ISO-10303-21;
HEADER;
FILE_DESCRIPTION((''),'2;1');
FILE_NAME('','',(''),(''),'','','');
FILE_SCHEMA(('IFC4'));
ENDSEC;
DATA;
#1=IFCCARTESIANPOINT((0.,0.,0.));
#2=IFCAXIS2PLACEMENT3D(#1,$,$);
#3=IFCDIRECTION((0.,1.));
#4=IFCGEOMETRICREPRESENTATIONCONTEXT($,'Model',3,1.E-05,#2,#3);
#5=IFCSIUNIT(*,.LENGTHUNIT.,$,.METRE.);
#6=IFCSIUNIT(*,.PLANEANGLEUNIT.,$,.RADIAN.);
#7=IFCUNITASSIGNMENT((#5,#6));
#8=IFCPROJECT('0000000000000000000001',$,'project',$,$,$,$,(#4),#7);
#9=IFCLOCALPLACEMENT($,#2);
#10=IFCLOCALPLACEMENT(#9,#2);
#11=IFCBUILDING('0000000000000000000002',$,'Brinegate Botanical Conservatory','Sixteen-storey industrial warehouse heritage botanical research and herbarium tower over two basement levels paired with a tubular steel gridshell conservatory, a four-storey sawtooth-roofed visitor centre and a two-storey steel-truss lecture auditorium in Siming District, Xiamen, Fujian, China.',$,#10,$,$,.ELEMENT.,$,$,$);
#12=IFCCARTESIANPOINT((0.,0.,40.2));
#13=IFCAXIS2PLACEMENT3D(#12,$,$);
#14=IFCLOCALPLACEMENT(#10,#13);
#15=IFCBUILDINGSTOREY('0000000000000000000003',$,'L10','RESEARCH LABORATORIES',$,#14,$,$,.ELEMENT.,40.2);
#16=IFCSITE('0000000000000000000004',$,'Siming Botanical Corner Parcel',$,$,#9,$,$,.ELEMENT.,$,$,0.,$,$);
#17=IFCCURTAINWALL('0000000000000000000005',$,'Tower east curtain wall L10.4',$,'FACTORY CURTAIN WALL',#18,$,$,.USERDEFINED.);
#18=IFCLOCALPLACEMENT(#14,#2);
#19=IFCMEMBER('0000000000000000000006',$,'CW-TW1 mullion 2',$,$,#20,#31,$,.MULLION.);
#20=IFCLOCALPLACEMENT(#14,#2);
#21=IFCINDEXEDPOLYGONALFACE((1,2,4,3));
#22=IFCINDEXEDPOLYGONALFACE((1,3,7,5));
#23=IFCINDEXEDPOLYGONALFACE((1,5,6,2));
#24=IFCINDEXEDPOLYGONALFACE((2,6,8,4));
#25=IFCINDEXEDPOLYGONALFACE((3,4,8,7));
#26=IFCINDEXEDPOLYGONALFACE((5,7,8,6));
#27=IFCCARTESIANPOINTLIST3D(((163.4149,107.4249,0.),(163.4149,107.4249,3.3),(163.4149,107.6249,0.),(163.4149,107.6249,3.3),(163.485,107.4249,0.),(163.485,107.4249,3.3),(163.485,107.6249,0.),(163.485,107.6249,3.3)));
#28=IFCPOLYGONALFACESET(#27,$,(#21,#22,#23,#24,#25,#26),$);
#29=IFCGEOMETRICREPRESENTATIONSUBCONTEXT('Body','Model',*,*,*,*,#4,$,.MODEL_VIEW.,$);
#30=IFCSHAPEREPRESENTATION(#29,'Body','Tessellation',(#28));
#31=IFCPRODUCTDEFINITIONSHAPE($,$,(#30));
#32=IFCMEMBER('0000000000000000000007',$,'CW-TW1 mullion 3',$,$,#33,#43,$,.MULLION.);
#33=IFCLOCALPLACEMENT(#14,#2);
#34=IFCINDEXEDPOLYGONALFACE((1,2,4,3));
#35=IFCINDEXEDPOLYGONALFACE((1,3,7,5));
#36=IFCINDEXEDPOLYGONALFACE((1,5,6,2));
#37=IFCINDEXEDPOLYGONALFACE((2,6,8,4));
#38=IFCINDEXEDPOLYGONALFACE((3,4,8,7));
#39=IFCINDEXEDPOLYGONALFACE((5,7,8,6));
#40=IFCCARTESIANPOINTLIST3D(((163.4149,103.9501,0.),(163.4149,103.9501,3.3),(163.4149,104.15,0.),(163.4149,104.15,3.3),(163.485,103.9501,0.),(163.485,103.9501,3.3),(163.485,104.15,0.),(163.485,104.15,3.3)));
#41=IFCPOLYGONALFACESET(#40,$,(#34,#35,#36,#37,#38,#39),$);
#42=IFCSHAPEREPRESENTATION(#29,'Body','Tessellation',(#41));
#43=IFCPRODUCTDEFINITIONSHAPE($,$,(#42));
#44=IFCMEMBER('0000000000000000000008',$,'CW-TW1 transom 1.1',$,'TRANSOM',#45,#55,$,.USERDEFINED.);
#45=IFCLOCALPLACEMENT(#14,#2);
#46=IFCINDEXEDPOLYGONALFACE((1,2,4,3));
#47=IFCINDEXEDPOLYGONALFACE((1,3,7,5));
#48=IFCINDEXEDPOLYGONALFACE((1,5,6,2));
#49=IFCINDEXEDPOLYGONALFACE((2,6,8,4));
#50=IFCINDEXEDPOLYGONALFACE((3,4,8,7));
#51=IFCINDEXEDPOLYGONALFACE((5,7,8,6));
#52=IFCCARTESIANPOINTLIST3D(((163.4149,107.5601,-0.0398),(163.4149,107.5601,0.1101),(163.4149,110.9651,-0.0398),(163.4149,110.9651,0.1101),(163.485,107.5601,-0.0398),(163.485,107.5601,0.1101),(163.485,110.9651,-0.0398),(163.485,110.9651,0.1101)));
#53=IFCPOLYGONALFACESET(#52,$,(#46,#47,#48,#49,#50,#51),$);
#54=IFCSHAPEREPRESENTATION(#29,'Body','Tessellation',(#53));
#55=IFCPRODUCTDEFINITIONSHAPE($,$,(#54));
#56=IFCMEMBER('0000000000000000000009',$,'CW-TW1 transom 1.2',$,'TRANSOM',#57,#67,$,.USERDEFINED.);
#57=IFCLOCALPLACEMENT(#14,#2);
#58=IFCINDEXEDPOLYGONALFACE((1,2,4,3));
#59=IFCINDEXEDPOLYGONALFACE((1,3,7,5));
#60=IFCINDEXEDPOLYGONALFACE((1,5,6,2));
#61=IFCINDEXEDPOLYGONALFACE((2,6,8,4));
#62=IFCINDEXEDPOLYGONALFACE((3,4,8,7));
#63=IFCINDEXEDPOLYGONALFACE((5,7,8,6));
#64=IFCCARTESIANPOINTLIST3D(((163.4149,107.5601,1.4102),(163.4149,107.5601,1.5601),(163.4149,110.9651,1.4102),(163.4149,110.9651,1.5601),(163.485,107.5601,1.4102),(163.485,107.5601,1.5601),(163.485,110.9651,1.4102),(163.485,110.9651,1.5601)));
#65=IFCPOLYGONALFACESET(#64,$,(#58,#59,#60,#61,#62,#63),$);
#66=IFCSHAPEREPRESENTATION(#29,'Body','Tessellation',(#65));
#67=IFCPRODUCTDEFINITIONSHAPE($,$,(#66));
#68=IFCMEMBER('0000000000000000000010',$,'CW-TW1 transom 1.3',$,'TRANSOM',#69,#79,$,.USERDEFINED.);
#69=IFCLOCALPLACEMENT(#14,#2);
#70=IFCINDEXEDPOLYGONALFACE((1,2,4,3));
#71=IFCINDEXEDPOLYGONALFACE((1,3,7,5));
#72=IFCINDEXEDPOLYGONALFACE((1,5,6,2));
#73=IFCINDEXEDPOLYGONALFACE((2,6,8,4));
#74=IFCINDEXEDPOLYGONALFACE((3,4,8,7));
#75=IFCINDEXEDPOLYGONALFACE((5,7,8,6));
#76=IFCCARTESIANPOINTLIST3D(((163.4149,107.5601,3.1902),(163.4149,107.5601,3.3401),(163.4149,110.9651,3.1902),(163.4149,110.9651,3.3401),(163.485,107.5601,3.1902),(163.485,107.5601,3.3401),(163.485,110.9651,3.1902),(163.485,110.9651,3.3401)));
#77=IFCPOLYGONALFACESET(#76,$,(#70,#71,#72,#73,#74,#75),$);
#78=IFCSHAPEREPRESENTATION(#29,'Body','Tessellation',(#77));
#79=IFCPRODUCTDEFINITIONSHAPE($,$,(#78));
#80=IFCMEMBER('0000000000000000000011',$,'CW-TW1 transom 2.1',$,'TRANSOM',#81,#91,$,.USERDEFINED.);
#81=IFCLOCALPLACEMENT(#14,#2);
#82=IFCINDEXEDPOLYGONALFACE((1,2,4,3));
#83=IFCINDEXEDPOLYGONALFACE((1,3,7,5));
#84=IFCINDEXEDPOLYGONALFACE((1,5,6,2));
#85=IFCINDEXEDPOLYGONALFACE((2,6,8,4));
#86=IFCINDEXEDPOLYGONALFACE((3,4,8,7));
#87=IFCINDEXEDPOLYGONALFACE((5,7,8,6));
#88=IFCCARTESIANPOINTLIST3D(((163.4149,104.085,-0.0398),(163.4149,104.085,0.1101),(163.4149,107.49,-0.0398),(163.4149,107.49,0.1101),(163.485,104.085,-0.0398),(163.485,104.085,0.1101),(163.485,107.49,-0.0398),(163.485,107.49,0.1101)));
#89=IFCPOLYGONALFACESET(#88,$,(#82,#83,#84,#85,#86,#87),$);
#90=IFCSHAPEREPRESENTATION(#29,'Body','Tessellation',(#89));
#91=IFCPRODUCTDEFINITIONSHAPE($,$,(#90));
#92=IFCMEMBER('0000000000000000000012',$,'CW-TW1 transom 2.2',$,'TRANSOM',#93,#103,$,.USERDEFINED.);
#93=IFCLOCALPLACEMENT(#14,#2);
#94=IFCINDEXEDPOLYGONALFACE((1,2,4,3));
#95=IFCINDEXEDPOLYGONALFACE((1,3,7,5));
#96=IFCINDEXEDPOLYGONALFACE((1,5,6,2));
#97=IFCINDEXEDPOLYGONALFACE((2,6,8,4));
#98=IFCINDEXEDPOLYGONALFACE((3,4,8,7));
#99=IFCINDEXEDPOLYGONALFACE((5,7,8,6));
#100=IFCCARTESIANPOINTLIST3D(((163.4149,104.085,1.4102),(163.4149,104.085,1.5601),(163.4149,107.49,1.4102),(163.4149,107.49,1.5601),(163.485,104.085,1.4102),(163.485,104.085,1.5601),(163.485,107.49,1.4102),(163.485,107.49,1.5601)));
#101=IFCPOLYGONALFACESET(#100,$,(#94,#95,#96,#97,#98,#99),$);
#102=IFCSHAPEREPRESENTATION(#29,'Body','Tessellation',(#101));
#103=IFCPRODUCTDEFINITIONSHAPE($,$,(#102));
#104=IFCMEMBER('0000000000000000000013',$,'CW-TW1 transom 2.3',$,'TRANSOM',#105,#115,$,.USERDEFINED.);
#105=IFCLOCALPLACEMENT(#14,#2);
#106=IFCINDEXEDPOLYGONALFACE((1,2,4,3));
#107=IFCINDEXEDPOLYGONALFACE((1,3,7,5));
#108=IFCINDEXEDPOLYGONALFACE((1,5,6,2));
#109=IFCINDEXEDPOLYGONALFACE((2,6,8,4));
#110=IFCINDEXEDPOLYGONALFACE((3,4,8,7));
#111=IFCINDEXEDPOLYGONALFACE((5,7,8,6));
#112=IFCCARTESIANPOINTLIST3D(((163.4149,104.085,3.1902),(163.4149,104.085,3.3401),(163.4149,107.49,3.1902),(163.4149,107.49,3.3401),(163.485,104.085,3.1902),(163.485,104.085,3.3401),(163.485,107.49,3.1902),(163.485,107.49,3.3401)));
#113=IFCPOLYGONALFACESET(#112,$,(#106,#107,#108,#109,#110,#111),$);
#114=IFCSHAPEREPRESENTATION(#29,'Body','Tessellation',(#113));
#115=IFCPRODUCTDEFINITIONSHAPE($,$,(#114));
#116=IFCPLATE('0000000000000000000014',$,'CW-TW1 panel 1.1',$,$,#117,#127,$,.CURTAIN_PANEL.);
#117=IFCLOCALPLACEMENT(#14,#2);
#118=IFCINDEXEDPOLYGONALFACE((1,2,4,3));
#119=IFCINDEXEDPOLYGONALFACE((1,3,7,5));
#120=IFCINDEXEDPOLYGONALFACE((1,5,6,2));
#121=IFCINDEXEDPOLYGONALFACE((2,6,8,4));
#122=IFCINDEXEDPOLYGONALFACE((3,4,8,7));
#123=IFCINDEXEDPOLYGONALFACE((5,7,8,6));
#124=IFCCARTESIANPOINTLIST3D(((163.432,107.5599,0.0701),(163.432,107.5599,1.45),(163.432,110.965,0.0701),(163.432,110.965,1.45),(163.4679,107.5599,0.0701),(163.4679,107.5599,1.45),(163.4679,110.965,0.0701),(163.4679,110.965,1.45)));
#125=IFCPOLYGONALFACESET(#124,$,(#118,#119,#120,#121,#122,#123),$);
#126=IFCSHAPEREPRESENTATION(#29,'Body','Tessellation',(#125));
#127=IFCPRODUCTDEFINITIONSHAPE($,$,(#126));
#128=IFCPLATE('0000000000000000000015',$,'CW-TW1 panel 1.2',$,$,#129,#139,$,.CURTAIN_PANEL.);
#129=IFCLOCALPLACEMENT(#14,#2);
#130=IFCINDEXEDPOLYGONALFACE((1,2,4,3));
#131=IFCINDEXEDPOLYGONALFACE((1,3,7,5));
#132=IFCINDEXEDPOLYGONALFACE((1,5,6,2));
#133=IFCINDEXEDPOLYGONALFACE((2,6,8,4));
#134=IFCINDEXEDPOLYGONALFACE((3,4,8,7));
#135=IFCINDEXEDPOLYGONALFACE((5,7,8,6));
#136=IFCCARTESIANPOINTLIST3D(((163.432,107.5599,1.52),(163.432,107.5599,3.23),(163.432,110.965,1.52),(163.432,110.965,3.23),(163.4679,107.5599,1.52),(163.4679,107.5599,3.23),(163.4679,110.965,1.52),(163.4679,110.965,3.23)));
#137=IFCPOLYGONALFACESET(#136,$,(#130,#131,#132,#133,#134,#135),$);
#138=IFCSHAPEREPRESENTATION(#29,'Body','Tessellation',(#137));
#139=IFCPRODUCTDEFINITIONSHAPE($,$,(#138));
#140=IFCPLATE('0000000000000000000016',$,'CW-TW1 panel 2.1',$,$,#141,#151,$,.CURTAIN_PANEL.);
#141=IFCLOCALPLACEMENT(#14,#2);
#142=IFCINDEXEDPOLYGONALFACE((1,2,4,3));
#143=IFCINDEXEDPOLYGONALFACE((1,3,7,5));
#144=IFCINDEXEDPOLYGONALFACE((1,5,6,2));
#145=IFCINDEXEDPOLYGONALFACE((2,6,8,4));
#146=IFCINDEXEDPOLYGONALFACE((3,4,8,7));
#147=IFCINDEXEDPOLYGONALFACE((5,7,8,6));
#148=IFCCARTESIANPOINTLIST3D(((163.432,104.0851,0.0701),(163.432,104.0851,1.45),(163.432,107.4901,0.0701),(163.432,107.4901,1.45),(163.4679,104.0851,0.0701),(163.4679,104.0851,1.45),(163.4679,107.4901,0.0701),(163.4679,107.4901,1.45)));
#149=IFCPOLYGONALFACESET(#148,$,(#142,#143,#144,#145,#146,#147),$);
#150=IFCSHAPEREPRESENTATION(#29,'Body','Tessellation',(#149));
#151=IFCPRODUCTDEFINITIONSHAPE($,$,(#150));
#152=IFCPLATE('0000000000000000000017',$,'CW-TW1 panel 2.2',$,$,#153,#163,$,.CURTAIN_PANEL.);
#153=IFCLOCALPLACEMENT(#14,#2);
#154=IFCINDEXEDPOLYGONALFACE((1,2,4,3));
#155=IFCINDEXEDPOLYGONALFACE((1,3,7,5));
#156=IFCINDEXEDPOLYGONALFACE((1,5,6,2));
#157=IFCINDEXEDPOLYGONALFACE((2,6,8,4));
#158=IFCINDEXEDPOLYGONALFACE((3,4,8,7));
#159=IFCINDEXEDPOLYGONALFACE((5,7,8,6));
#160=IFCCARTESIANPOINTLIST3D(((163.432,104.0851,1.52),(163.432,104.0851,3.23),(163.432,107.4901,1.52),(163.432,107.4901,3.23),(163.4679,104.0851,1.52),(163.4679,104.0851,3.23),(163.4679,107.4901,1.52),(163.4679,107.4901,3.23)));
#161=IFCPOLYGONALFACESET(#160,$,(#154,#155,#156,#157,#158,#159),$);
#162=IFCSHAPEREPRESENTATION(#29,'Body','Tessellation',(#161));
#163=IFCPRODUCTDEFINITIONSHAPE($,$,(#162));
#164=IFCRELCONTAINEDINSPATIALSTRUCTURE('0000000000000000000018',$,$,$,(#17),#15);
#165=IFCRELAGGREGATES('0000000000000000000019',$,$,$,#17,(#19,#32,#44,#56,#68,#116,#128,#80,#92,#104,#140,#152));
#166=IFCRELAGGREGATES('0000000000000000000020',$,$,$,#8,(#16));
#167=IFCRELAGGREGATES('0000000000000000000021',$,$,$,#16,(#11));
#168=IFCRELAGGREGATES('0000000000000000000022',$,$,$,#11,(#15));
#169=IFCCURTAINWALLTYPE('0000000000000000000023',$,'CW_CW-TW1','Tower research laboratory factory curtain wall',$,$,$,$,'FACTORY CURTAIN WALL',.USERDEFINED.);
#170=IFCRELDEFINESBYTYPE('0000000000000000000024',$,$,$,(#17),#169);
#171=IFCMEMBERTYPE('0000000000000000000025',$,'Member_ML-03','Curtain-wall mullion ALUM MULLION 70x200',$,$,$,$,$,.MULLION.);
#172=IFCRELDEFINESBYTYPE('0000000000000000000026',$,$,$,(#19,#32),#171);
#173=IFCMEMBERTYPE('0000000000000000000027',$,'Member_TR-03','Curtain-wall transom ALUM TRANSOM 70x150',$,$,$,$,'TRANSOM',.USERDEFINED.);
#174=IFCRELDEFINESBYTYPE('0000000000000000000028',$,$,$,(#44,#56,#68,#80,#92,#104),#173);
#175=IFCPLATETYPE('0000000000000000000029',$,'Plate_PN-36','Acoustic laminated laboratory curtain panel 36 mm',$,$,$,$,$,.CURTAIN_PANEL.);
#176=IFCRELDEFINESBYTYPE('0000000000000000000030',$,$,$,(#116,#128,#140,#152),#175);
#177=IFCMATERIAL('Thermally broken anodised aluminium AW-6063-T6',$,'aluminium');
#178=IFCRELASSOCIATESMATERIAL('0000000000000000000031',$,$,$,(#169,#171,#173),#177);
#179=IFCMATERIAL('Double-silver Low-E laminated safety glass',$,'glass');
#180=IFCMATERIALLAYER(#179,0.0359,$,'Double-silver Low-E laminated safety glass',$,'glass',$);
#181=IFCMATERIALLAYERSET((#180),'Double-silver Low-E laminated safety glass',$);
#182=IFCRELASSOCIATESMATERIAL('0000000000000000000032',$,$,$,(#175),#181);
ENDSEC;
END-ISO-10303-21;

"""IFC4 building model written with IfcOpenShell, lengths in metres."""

from ifc_helpers import new_model, si_unit, direction, frame, origin, origin_2d, place, context, subcontext, project, spatial, rectangle, extrude, material, layer, layer_set, material_profile, profile_set, type_object, element, aggregate, save


model = new_model("IFC4")

# Units and contexts
model_context = context("Model", 3, precision=1e-05, world=origin(), true_north=direction((0.0, 1.0)))
body_context = subcontext(model_context, "Body", "Model", "MODEL_VIEW")
ifc_project = project(units=[si_unit("LENGTHUNIT", "METRE"), si_unit("PLANEANGLEUNIT", "RADIAN")], contexts=[model_context])

# Site, building, storey
site_placement = place(None, origin())
site = spatial("IfcSite", under=ifc_project, at=site_placement, Name="Siming Botanical Corner Parcel", CompositionType="ELEMENT", RefElevation=0.0)
building_placement = place(site_placement, origin())
building = spatial("IfcBuilding", under=site, at=building_placement, Name="Brinegate Botanical Conservatory", Description="Sixteen-storey industrial warehouse heritage botanical research and herbarium tower over two basement levels paired with a tubular steel gridshell conservatory, a four-storey sawtooth-roofed visitor centre and a two-storey steel-truss lecture auditorium in Siming District, Xiamen, Fujian, China.", CompositionType="ELEMENT")
storey_placement = place(building_placement, frame((0.0, 0.0, 40.2)))
storey = spatial("IfcBuildingStorey", under=building, at=storey_placement, Name="L10", Description="RESEARCH LABORATORIES", CompositionType="ELEMENT", Elevation=40.2)

# Curtain wall, members, plates
ifc_material_1 = material(Name="Thermally broken anodised aluminium AW-6063-T6", Category="aluminium")
curtain_wall_type = type_object("IfcCurtainWallType", Name="CW_CW-TW1", Description="Tower research laboratory factory curtain wall", ElementType="FACTORY CURTAIN WALL", PredefinedType="USERDEFINED", material=ifc_material_1)
curtain_wall_placement = place(storey_placement, origin())
curtain_wall = element("IfcCurtainWall", 1, at=curtain_wall_placement, inside=storey, type_object=curtain_wall_type, Name="Tower east curtain wall L10.4", ObjectType="FACTORY CURTAIN WALL", PredefinedType="USERDEFINED")
ifc_material_profile_1 = material_profile(ifc_material_1, rectangle(XDim=0.0701, YDim=0.2, at=origin_2d()), Name="ALUM MULLION 70x200")
ifc_profile_set_1 = profile_set([ifc_material_profile_1], Name="Thermally broken anodised aluminium AW-6063-T6")
member_type_1 = type_object("IfcMemberType", Name="Member_ML-03", Description="Curtain-wall mullion ALUM MULLION 70x200", PredefinedType="MULLION", material=ifc_profile_set_1)
member_1_placement = place(storey_placement, frame((163.45, 107.5249, 0.0), z_axis=(0.0, 0.0, 1.0), x_axis=(1.0, 0.0, 0.0)))
member_1 = element("IfcMember", 2, at=member_1_placement, type_object=member_type_1, Name="CW-TW1 mullion 2", PredefinedType="MULLION", context=body_context, shape_type="SweptSolid", body=[
    extrude(rectangle(XDim=0.0701, YDim=0.2, at=origin_2d()), origin(), (0.0, 0.0, 1.0), 3.3),
])
member_2_placement = place(storey_placement, frame((163.45, 104.05, 0.0), z_axis=(0.0, 0.0, 1.0), x_axis=(1.0, 0.0, 0.0)))
member_2 = element("IfcMember", 3, at=member_2_placement, type_object=member_type_1, Name="CW-TW1 mullion 3", PredefinedType="MULLION", context=body_context, shape_type="SweptSolid", body=[
    extrude(rectangle(XDim=0.0701, YDim=0.2, at=origin_2d()), origin(), (0.0, 0.0, 1.0), 3.3),
])
ifc_material_profile_2 = material_profile(ifc_material_1, rectangle(XDim=0.0701, YDim=0.1499, at=origin_2d()), Name="ALUM TRANSOM 70x150")
ifc_profile_set_2 = profile_set([ifc_material_profile_2], Name="Thermally broken anodised aluminium AW-6063-T6")
member_type_2 = type_object("IfcMemberType", Name="Member_TR-03", Description="Curtain-wall transom ALUM TRANSOM 70x150", ElementType="TRANSOM", PredefinedType="USERDEFINED", material=ifc_profile_set_2)
member_3_placement = place(storey_placement, frame((163.45, 110.9651, 0.0352), z_axis=(0.0, -1.0, 0.0), x_axis=(1.0, 0.0, 0.0)))
member_3 = element("IfcMember", 4, at=member_3_placement, type_object=member_type_2, Name="CW-TW1 transom 1.1", ObjectType="TRANSOM", PredefinedType="USERDEFINED", context=body_context, shape_type="SweptSolid", body=[
    extrude(rectangle(XDim=0.0701, YDim=0.1499, at=origin_2d()), origin(), (0.0, 0.0, 1.0), 3.405),
])
member_4_placement = place(storey_placement, frame((163.45, 110.9651, 1.4851), z_axis=(0.0, -1.0, 0.0), x_axis=(1.0, 0.0, 0.0)))
member_4 = element("IfcMember", 5, at=member_4_placement, type_object=member_type_2, Name="CW-TW1 transom 1.2", ObjectType="TRANSOM", PredefinedType="USERDEFINED", context=body_context, shape_type="SweptSolid", body=[
    extrude(rectangle(XDim=0.0701, YDim=0.1499, at=origin_2d()), origin(), (0.0, 0.0, 1.0), 3.405),
])
member_5_placement = place(storey_placement, frame((163.45, 110.9651, 3.2651), z_axis=(0.0, -1.0, 0.0), x_axis=(1.0, 0.0, 0.0)))
member_5 = element("IfcMember", 6, at=member_5_placement, type_object=member_type_2, Name="CW-TW1 transom 1.3", ObjectType="TRANSOM", PredefinedType="USERDEFINED", context=body_context, shape_type="SweptSolid", body=[
    extrude(rectangle(XDim=0.0701, YDim=0.1499, at=origin_2d()), origin(), (0.0, 0.0, 1.0), 3.405),
])
member_6_placement = place(storey_placement, frame((163.45, 107.49, 0.0352), z_axis=(0.0, -1.0, 0.0), x_axis=(1.0, 0.0, 0.0)))
member_6 = element("IfcMember", 7, at=member_6_placement, type_object=member_type_2, Name="CW-TW1 transom 2.1", ObjectType="TRANSOM", PredefinedType="USERDEFINED", context=body_context, shape_type="SweptSolid", body=[
    extrude(rectangle(XDim=0.0701, YDim=0.1499, at=origin_2d()), origin(), (0.0, 0.0, 1.0), 3.405),
])
member_7_placement = place(storey_placement, frame((163.45, 107.49, 1.4851), z_axis=(0.0, -1.0, 0.0), x_axis=(1.0, 0.0, 0.0)))
member_7 = element("IfcMember", 8, at=member_7_placement, type_object=member_type_2, Name="CW-TW1 transom 2.2", ObjectType="TRANSOM", PredefinedType="USERDEFINED", context=body_context, shape_type="SweptSolid", body=[
    extrude(rectangle(XDim=0.0701, YDim=0.1499, at=origin_2d()), origin(), (0.0, 0.0, 1.0), 3.405),
])
member_8_placement = place(storey_placement, frame((163.45, 107.49, 3.2651), z_axis=(0.0, -1.0, 0.0), x_axis=(1.0, 0.0, 0.0)))
member_8 = element("IfcMember", 9, at=member_8_placement, type_object=member_type_2, Name="CW-TW1 transom 2.3", ObjectType="TRANSOM", PredefinedType="USERDEFINED", context=body_context, shape_type="SweptSolid", body=[
    extrude(rectangle(XDim=0.0701, YDim=0.1499, at=origin_2d()), origin(), (0.0, 0.0, 1.0), 3.405),
])
ifc_material_2 = material(Name="Double-silver Low-E laminated safety glass", Category="glass")
ifc_layer_1 = layer(ifc_material_2, 0.0359, Name="Double-silver Low-E laminated safety glass", Category="glass")
ifc_layer_set_1 = layer_set([ifc_layer_1], Name="Double-silver Low-E laminated safety glass")
plate_type = type_object("IfcPlateType", Name="Plate_PN-36", Description="Acoustic laminated laboratory curtain panel 36 mm", PredefinedType="CURTAIN_PANEL", material=ifc_layer_set_1)
plate_1_placement = place(storey_placement, frame((163.45, 109.2625, 0.0701), z_axis=(0.0, 0.0, 1.0), x_axis=(0.0, -1.0, 0.0)))
plate_1 = element("IfcPlate", 10, at=plate_1_placement, type_object=plate_type, Name="CW-TW1 panel 1.1", PredefinedType="CURTAIN_PANEL", context=body_context, shape_type="SweptSolid", body=[
    extrude(rectangle(XDim=3.405, YDim=0.0359, at=origin_2d()), origin(), (0.0, 0.0, 1.0), 1.3799),
])
plate_2_placement = place(storey_placement, frame((163.45, 109.2625, 1.52), z_axis=(0.0, 0.0, 1.0), x_axis=(0.0, -1.0, 0.0)))
plate_2 = element("IfcPlate", 11, at=plate_2_placement, type_object=plate_type, Name="CW-TW1 panel 1.2", PredefinedType="CURTAIN_PANEL", context=body_context, shape_type="SweptSolid", body=[
    extrude(rectangle(XDim=3.405, YDim=0.0359, at=origin_2d()), origin(), (0.0, 0.0, 1.0), 1.71),
])
plate_3_placement = place(storey_placement, frame((163.45, 105.7876, 0.0701), z_axis=(0.0, 0.0, 1.0), x_axis=(0.0, -1.0, 0.0)))
plate_3 = element("IfcPlate", 12, at=plate_3_placement, type_object=plate_type, Name="CW-TW1 panel 2.1", PredefinedType="CURTAIN_PANEL", context=body_context, shape_type="SweptSolid", body=[
    extrude(rectangle(XDim=3.405, YDim=0.0359, at=origin_2d()), origin(), (0.0, 0.0, 1.0), 1.3799),
])
plate_4_placement = place(storey_placement, frame((163.45, 105.7876, 1.52), z_axis=(0.0, 0.0, 1.0), x_axis=(0.0, -1.0, 0.0)))
plate_4 = element("IfcPlate", 13, at=plate_4_placement, type_object=plate_type, Name="CW-TW1 panel 2.2", PredefinedType="CURTAIN_PANEL", context=body_context, shape_type="SweptSolid", body=[
    extrude(rectangle(XDim=3.405, YDim=0.0359, at=origin_2d()), origin(), (0.0, 0.0, 1.0), 1.71),
])
aggregate(curtain_wall, [member_1, member_2, member_3, member_4, member_5, plate_1, plate_2, member_6, member_7, member_8, plate_3, plate_4])

save(model, "model.ifc")
